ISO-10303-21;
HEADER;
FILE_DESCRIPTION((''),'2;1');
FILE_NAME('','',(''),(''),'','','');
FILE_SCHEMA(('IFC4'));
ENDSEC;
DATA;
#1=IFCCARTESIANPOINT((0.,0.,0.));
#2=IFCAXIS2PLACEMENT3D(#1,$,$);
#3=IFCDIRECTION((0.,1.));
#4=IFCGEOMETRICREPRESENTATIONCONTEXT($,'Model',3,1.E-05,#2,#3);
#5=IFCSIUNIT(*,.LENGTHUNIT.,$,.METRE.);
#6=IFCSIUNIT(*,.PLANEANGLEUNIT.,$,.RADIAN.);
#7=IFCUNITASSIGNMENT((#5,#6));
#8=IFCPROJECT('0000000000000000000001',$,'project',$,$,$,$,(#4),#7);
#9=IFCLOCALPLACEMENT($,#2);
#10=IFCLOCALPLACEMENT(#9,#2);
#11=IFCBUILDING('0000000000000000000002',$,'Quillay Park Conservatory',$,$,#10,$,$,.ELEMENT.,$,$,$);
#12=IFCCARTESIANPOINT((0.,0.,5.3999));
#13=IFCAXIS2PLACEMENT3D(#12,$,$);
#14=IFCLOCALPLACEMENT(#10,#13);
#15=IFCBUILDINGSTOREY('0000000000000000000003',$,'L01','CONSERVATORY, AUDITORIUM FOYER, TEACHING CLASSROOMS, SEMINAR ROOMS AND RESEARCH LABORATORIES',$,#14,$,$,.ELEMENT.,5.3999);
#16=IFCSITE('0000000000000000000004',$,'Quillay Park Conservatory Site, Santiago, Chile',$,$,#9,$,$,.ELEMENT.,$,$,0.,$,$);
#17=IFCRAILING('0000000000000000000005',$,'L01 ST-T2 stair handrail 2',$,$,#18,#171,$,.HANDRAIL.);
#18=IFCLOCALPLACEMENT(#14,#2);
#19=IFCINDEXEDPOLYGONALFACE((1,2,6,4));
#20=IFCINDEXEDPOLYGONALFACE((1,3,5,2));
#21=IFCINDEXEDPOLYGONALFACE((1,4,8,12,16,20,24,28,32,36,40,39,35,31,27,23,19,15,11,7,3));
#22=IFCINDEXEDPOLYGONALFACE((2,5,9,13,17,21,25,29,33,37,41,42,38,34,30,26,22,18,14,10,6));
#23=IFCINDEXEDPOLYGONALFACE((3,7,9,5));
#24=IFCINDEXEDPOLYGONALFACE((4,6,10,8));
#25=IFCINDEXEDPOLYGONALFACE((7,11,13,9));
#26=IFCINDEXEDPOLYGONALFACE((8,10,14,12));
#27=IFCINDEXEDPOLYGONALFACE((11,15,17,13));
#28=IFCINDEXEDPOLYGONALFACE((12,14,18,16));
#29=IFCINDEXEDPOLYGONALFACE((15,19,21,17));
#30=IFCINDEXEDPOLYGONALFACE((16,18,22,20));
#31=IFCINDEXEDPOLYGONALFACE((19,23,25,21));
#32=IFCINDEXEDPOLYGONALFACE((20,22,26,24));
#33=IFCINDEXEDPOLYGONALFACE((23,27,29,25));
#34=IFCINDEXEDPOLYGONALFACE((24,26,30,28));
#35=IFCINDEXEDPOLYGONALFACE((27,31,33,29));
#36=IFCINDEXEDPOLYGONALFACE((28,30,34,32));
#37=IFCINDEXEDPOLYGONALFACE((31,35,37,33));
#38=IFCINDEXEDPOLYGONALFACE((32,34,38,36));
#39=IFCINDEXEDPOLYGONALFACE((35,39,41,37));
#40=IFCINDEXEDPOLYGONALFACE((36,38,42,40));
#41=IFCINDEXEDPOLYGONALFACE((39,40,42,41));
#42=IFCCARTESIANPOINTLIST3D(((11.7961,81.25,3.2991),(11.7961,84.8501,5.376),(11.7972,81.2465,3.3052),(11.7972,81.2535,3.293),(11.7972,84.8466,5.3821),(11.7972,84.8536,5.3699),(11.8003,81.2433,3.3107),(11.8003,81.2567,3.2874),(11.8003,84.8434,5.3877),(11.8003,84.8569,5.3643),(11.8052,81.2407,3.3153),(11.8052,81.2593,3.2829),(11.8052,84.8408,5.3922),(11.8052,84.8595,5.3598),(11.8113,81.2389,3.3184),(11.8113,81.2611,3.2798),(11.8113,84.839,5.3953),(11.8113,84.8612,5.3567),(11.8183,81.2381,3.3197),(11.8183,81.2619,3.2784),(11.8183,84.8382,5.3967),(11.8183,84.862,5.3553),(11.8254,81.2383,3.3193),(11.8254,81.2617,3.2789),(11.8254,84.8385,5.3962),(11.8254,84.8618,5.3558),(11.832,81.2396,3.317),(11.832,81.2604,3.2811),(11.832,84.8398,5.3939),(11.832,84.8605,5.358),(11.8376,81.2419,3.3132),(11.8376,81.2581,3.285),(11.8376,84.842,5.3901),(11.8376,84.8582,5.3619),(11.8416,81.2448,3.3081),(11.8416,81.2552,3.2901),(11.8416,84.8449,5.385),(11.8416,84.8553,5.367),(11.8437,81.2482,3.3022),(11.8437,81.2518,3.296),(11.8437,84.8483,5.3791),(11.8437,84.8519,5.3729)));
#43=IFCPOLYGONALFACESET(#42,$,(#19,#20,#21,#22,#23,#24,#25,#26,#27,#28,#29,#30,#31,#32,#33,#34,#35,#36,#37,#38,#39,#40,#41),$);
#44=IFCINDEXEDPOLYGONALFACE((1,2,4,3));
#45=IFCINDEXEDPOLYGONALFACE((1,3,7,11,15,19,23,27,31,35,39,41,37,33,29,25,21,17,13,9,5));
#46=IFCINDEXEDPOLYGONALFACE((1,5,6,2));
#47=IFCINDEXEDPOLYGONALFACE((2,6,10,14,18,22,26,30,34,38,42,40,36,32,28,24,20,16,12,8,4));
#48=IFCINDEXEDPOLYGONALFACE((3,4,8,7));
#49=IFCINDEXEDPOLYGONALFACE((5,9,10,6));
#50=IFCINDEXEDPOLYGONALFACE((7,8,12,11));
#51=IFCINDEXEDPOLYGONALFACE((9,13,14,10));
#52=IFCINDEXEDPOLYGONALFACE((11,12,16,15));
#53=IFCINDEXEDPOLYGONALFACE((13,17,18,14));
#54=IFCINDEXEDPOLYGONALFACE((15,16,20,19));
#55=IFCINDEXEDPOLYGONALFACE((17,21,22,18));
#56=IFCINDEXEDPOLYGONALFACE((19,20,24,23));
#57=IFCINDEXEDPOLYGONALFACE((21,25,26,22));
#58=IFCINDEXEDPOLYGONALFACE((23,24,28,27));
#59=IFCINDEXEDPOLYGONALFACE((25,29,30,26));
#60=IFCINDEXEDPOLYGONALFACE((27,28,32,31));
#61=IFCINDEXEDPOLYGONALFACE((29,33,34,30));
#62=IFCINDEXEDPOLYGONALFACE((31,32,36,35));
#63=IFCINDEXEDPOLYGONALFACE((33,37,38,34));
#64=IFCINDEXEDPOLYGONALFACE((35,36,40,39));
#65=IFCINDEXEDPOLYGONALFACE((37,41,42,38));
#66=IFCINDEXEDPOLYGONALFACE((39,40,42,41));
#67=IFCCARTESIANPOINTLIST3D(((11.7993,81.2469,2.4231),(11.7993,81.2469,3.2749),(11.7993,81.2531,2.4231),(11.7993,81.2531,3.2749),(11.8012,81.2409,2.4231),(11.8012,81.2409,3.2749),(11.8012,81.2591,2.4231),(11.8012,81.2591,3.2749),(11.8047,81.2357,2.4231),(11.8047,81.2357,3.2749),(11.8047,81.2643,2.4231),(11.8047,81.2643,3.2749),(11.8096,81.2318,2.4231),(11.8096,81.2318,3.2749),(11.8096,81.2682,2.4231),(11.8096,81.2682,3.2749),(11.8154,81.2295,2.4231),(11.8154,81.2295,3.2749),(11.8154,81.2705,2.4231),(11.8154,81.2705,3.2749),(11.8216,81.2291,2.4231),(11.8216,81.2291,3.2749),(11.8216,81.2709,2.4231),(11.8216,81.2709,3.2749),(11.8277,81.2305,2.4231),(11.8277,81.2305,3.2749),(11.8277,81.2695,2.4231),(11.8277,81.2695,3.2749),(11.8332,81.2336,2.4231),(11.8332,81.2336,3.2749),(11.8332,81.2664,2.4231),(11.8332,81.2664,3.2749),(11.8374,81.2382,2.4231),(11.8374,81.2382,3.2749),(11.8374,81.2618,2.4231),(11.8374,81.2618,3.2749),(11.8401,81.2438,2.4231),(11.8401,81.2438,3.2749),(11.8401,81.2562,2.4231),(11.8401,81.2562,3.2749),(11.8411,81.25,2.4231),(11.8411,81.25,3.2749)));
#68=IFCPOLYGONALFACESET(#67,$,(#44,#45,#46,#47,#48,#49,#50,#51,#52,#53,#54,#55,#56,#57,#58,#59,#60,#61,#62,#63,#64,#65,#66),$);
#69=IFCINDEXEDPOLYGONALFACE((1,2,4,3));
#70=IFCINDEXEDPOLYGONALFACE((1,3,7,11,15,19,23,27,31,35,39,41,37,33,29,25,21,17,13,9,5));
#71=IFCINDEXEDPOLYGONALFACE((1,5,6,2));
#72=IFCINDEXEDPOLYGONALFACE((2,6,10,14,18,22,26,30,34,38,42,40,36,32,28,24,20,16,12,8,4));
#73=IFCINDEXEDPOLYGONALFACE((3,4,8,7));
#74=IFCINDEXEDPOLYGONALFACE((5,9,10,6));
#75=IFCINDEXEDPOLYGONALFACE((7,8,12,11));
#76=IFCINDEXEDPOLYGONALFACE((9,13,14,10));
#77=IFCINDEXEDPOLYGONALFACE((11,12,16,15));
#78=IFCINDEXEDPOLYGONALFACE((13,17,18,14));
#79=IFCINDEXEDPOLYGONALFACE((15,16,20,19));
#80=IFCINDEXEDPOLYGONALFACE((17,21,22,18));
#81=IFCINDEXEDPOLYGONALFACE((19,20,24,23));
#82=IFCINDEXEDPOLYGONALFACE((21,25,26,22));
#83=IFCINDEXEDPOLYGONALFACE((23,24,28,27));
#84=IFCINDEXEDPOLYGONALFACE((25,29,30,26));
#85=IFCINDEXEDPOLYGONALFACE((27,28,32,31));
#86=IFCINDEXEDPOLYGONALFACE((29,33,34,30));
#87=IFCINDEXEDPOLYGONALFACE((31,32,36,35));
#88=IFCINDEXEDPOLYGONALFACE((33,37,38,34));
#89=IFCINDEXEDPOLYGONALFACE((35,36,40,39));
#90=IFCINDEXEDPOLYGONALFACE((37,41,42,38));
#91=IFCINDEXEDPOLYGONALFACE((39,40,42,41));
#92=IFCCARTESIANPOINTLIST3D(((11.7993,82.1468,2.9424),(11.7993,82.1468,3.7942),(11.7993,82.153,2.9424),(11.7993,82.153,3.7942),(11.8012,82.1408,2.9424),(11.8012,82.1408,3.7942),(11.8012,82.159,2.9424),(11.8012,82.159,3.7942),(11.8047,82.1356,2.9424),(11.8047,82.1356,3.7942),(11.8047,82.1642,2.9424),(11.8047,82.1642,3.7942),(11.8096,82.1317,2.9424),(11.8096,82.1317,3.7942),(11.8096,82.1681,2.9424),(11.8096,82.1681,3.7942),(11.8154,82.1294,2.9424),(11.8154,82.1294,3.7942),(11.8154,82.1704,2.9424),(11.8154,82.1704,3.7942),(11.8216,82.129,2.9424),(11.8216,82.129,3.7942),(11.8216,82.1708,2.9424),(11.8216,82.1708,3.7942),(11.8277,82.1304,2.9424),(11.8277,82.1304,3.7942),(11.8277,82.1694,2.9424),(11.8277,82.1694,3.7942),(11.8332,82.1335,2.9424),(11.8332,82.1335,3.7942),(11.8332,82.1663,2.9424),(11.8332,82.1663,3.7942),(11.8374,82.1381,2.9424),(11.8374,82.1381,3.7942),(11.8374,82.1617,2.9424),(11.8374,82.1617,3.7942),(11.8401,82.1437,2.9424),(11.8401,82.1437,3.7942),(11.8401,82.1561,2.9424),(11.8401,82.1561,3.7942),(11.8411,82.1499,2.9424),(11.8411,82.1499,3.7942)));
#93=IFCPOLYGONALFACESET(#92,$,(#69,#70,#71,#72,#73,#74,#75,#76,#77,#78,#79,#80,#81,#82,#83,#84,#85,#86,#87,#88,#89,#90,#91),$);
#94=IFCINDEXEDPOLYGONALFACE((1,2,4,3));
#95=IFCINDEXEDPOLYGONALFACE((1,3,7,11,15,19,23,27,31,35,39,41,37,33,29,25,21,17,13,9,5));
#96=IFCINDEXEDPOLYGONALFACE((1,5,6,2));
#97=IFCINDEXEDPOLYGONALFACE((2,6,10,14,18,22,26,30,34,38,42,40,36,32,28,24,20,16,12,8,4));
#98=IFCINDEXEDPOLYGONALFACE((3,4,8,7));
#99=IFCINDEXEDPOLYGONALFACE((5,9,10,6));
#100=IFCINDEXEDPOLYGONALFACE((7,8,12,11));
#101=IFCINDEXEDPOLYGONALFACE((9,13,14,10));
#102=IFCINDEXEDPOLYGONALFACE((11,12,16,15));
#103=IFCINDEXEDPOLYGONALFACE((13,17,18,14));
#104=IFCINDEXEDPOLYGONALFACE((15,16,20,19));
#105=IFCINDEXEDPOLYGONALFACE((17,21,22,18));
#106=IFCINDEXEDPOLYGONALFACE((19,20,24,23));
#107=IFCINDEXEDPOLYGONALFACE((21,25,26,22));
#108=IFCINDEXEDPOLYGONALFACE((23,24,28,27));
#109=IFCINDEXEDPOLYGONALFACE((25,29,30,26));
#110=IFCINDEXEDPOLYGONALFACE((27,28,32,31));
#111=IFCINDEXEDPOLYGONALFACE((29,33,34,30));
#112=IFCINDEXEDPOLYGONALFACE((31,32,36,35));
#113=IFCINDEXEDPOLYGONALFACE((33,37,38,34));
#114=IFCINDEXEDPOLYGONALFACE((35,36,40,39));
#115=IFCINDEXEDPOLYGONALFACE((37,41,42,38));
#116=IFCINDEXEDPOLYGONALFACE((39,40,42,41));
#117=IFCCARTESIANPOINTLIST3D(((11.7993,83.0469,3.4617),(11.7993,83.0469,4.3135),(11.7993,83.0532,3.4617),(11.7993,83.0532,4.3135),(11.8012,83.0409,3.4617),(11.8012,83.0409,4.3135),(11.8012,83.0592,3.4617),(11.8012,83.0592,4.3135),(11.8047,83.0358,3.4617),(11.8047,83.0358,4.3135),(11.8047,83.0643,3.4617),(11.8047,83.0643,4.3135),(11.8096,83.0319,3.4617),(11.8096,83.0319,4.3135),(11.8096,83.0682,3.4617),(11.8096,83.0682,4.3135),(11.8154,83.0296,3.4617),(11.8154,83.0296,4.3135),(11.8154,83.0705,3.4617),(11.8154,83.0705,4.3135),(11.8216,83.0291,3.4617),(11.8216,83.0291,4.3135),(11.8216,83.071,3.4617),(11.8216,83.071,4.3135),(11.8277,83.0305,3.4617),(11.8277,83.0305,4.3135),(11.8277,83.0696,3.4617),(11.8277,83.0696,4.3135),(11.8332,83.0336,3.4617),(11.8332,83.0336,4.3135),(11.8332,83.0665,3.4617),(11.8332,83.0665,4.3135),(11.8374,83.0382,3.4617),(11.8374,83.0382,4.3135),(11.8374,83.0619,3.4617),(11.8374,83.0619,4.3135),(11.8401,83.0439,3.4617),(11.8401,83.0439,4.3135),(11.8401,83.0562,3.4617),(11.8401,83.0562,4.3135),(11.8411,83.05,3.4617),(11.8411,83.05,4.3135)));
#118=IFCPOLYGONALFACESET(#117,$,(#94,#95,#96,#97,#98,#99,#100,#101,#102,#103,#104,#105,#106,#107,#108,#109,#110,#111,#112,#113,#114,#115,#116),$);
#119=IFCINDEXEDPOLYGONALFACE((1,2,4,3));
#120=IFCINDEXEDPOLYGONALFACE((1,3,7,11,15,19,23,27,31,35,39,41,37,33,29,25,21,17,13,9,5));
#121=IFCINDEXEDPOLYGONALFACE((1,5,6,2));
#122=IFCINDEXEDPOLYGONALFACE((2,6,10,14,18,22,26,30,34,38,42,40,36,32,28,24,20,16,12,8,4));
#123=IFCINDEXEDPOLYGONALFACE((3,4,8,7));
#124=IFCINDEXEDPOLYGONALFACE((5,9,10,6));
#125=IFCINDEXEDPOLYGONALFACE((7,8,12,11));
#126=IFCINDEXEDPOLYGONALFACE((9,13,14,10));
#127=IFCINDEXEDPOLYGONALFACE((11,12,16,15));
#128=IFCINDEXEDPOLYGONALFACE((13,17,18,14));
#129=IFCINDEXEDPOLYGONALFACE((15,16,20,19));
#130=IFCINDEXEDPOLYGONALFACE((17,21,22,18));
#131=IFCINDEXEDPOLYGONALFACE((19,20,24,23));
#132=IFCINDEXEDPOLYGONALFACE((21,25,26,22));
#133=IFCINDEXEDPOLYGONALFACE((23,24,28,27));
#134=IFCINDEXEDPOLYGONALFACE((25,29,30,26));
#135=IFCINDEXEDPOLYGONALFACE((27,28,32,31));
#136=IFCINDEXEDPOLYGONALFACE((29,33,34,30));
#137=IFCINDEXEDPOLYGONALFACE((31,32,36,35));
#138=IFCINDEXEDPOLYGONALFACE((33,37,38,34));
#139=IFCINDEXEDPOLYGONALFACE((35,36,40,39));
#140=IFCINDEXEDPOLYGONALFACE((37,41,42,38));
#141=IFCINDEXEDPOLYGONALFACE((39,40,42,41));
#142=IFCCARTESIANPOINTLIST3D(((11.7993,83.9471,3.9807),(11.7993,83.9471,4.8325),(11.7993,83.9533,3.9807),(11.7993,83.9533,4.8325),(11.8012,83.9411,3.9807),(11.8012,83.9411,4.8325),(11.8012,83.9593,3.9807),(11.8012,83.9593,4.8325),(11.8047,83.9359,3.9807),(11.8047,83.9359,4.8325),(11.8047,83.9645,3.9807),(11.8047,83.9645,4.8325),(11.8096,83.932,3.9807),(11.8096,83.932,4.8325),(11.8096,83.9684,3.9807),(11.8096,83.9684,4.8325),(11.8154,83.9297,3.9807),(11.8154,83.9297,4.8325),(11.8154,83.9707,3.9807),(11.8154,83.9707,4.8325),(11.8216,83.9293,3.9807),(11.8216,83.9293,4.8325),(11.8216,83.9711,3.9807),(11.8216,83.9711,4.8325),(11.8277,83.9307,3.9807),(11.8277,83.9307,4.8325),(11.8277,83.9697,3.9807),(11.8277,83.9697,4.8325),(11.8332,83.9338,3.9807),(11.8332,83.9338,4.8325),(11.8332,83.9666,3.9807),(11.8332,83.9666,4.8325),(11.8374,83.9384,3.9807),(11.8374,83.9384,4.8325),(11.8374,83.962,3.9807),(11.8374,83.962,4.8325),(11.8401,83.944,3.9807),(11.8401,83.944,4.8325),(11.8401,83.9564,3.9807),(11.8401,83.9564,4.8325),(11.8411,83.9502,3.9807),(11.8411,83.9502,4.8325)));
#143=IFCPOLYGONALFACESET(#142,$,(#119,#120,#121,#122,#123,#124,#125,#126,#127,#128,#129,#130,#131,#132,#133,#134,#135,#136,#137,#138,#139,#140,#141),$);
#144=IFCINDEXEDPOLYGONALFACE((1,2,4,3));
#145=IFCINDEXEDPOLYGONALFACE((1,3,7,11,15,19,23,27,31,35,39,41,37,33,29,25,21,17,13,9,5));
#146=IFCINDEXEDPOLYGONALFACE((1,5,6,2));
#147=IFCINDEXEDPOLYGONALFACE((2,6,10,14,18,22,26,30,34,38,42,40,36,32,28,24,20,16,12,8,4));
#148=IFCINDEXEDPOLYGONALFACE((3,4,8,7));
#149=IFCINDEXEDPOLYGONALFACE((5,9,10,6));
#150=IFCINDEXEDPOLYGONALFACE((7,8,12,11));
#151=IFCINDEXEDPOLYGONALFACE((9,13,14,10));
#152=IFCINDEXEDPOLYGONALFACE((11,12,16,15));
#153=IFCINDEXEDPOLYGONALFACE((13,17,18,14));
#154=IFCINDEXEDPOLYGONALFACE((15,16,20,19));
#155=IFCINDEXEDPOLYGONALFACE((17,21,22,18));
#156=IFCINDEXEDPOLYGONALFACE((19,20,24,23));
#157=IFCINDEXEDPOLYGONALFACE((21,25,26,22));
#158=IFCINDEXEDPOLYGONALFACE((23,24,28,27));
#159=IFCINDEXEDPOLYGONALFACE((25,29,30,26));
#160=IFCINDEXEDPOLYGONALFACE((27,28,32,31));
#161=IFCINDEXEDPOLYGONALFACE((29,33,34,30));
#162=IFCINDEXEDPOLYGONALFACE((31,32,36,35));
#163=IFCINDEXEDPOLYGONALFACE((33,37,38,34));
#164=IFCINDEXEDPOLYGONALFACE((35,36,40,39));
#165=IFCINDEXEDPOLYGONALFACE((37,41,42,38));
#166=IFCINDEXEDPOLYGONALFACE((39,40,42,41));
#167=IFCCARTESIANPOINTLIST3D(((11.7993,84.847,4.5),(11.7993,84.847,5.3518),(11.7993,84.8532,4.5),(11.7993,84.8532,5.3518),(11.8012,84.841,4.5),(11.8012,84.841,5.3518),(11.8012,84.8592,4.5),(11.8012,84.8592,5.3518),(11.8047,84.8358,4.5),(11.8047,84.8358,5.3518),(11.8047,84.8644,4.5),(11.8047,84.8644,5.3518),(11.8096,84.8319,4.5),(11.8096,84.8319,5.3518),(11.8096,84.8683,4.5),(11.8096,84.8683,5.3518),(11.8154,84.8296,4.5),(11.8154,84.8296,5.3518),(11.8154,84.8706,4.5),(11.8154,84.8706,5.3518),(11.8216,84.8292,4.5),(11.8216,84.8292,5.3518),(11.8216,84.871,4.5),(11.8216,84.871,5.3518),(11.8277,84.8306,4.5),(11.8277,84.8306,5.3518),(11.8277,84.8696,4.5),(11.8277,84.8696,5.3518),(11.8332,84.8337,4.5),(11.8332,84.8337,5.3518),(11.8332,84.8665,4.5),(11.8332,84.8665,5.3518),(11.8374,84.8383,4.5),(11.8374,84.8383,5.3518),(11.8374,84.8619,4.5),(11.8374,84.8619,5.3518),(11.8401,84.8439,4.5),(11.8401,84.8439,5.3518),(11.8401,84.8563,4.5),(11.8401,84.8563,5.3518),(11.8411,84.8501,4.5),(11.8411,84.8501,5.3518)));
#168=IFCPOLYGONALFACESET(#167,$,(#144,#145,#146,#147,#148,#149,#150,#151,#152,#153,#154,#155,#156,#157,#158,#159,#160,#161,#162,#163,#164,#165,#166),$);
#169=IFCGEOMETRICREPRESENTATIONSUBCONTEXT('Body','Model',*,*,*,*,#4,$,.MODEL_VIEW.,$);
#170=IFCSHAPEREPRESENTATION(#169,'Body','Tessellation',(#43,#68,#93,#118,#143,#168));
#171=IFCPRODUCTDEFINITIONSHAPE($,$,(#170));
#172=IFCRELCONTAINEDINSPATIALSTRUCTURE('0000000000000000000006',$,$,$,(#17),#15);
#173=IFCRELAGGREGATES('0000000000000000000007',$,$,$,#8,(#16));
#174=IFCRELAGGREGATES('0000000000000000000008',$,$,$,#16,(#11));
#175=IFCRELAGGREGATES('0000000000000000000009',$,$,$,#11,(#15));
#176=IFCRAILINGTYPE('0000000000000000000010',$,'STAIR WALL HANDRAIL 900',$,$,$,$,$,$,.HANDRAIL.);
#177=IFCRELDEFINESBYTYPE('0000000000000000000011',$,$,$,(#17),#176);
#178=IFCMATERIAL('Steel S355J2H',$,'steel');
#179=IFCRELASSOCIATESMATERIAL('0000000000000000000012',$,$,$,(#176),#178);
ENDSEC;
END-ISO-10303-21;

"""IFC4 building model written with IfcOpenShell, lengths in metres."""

from ifc_helpers import new_model, si_unit, direction, frame, origin, origin_2d, place, context, subcontext, project, spatial, circle, extrude, material, type_object, element, save


model = new_model("IFC4")

# Units and contexts
model_context = context("Model", 3, precision=1e-05, world=origin(), true_north=direction((0.0, 1.0)))
body_context = subcontext(model_context, "Body", "Model", "MODEL_VIEW")
ifc_project = project(units=[si_unit("LENGTHUNIT", "METRE"), si_unit("PLANEANGLEUNIT", "RADIAN")], contexts=[model_context])

# Site, building, storey
site_placement = place(None, origin())
site = spatial("IfcSite", under=ifc_project, at=site_placement, Name="Quillay Park Conservatory Site, Santiago, Chile", CompositionType="ELEMENT", RefElevation=0.0)
building_placement = place(site_placement, origin())
building = spatial("IfcBuilding", under=site, at=building_placement, Name="Quillay Park Conservatory", CompositionType="ELEMENT")
storey_placement = place(building_placement, frame((0.0, 0.0, 5.3999)))
storey = spatial("IfcBuildingStorey", under=building, at=storey_placement, Name="L01", Description="CONSERVATORY, AUDITORIUM FOYER, TEACHING CLASSROOMS, SEMINAR ROOMS AND RESEARCH LABORATORIES", CompositionType="ELEMENT", Elevation=5.3999)

# Railing
ifc_material_1 = material(Name="Steel S355J2H", Category="steel")
railing_type_1 = type_object("IfcRailingType", Name="STAIR WALL HANDRAIL 900", PredefinedType="HANDRAIL", material=ifc_material_1)
railing_1_placement = place(storey_placement, frame((11.8201, 81.25, 2.4231)))
element("IfcRailing", 1, at=railing_1_placement, inside=storey, type_object=railing_type_1, Name="L01 ST-T2 stair handrail 2", PredefinedType="HANDRAIL", context=body_context, shape_type="SweptSolid", body=[
    extrude(circle(Radius=0.0239, at=origin_2d()), frame((0.0, 0.0, 0.876), z_axis=(0.0, 0.866193, 0.499709), x_axis=(-1.0, 0.0, 0.0)), (0.0, 0.0, 1.0), 4.1562),
    extrude(circle(Radius=0.021, at=origin_2d()), origin(), (0.0, 0.0, 1.0), 0.8518),
    extrude(circle(Radius=0.021, at=origin_2d()), frame((0.0, 0.8999, 0.5193)), (0.0, 0.0, 1.0), 0.8518),
    extrude(circle(Radius=0.021, at=origin_2d()), frame((0.0, 1.8, 1.0386)), (0.0, 0.0, 1.0), 0.8518),
    extrude(circle(Radius=0.021, at=origin_2d()), frame((0.0, 2.7002, 1.5576)), (0.0, 0.0, 1.0), 0.8518),
    extrude(circle(Radius=0.021, at=origin_2d()), frame((0.0, 3.6001, 2.0769)), (0.0, 0.0, 1.0), 0.8518),
])

save(model, "model.ifc")
